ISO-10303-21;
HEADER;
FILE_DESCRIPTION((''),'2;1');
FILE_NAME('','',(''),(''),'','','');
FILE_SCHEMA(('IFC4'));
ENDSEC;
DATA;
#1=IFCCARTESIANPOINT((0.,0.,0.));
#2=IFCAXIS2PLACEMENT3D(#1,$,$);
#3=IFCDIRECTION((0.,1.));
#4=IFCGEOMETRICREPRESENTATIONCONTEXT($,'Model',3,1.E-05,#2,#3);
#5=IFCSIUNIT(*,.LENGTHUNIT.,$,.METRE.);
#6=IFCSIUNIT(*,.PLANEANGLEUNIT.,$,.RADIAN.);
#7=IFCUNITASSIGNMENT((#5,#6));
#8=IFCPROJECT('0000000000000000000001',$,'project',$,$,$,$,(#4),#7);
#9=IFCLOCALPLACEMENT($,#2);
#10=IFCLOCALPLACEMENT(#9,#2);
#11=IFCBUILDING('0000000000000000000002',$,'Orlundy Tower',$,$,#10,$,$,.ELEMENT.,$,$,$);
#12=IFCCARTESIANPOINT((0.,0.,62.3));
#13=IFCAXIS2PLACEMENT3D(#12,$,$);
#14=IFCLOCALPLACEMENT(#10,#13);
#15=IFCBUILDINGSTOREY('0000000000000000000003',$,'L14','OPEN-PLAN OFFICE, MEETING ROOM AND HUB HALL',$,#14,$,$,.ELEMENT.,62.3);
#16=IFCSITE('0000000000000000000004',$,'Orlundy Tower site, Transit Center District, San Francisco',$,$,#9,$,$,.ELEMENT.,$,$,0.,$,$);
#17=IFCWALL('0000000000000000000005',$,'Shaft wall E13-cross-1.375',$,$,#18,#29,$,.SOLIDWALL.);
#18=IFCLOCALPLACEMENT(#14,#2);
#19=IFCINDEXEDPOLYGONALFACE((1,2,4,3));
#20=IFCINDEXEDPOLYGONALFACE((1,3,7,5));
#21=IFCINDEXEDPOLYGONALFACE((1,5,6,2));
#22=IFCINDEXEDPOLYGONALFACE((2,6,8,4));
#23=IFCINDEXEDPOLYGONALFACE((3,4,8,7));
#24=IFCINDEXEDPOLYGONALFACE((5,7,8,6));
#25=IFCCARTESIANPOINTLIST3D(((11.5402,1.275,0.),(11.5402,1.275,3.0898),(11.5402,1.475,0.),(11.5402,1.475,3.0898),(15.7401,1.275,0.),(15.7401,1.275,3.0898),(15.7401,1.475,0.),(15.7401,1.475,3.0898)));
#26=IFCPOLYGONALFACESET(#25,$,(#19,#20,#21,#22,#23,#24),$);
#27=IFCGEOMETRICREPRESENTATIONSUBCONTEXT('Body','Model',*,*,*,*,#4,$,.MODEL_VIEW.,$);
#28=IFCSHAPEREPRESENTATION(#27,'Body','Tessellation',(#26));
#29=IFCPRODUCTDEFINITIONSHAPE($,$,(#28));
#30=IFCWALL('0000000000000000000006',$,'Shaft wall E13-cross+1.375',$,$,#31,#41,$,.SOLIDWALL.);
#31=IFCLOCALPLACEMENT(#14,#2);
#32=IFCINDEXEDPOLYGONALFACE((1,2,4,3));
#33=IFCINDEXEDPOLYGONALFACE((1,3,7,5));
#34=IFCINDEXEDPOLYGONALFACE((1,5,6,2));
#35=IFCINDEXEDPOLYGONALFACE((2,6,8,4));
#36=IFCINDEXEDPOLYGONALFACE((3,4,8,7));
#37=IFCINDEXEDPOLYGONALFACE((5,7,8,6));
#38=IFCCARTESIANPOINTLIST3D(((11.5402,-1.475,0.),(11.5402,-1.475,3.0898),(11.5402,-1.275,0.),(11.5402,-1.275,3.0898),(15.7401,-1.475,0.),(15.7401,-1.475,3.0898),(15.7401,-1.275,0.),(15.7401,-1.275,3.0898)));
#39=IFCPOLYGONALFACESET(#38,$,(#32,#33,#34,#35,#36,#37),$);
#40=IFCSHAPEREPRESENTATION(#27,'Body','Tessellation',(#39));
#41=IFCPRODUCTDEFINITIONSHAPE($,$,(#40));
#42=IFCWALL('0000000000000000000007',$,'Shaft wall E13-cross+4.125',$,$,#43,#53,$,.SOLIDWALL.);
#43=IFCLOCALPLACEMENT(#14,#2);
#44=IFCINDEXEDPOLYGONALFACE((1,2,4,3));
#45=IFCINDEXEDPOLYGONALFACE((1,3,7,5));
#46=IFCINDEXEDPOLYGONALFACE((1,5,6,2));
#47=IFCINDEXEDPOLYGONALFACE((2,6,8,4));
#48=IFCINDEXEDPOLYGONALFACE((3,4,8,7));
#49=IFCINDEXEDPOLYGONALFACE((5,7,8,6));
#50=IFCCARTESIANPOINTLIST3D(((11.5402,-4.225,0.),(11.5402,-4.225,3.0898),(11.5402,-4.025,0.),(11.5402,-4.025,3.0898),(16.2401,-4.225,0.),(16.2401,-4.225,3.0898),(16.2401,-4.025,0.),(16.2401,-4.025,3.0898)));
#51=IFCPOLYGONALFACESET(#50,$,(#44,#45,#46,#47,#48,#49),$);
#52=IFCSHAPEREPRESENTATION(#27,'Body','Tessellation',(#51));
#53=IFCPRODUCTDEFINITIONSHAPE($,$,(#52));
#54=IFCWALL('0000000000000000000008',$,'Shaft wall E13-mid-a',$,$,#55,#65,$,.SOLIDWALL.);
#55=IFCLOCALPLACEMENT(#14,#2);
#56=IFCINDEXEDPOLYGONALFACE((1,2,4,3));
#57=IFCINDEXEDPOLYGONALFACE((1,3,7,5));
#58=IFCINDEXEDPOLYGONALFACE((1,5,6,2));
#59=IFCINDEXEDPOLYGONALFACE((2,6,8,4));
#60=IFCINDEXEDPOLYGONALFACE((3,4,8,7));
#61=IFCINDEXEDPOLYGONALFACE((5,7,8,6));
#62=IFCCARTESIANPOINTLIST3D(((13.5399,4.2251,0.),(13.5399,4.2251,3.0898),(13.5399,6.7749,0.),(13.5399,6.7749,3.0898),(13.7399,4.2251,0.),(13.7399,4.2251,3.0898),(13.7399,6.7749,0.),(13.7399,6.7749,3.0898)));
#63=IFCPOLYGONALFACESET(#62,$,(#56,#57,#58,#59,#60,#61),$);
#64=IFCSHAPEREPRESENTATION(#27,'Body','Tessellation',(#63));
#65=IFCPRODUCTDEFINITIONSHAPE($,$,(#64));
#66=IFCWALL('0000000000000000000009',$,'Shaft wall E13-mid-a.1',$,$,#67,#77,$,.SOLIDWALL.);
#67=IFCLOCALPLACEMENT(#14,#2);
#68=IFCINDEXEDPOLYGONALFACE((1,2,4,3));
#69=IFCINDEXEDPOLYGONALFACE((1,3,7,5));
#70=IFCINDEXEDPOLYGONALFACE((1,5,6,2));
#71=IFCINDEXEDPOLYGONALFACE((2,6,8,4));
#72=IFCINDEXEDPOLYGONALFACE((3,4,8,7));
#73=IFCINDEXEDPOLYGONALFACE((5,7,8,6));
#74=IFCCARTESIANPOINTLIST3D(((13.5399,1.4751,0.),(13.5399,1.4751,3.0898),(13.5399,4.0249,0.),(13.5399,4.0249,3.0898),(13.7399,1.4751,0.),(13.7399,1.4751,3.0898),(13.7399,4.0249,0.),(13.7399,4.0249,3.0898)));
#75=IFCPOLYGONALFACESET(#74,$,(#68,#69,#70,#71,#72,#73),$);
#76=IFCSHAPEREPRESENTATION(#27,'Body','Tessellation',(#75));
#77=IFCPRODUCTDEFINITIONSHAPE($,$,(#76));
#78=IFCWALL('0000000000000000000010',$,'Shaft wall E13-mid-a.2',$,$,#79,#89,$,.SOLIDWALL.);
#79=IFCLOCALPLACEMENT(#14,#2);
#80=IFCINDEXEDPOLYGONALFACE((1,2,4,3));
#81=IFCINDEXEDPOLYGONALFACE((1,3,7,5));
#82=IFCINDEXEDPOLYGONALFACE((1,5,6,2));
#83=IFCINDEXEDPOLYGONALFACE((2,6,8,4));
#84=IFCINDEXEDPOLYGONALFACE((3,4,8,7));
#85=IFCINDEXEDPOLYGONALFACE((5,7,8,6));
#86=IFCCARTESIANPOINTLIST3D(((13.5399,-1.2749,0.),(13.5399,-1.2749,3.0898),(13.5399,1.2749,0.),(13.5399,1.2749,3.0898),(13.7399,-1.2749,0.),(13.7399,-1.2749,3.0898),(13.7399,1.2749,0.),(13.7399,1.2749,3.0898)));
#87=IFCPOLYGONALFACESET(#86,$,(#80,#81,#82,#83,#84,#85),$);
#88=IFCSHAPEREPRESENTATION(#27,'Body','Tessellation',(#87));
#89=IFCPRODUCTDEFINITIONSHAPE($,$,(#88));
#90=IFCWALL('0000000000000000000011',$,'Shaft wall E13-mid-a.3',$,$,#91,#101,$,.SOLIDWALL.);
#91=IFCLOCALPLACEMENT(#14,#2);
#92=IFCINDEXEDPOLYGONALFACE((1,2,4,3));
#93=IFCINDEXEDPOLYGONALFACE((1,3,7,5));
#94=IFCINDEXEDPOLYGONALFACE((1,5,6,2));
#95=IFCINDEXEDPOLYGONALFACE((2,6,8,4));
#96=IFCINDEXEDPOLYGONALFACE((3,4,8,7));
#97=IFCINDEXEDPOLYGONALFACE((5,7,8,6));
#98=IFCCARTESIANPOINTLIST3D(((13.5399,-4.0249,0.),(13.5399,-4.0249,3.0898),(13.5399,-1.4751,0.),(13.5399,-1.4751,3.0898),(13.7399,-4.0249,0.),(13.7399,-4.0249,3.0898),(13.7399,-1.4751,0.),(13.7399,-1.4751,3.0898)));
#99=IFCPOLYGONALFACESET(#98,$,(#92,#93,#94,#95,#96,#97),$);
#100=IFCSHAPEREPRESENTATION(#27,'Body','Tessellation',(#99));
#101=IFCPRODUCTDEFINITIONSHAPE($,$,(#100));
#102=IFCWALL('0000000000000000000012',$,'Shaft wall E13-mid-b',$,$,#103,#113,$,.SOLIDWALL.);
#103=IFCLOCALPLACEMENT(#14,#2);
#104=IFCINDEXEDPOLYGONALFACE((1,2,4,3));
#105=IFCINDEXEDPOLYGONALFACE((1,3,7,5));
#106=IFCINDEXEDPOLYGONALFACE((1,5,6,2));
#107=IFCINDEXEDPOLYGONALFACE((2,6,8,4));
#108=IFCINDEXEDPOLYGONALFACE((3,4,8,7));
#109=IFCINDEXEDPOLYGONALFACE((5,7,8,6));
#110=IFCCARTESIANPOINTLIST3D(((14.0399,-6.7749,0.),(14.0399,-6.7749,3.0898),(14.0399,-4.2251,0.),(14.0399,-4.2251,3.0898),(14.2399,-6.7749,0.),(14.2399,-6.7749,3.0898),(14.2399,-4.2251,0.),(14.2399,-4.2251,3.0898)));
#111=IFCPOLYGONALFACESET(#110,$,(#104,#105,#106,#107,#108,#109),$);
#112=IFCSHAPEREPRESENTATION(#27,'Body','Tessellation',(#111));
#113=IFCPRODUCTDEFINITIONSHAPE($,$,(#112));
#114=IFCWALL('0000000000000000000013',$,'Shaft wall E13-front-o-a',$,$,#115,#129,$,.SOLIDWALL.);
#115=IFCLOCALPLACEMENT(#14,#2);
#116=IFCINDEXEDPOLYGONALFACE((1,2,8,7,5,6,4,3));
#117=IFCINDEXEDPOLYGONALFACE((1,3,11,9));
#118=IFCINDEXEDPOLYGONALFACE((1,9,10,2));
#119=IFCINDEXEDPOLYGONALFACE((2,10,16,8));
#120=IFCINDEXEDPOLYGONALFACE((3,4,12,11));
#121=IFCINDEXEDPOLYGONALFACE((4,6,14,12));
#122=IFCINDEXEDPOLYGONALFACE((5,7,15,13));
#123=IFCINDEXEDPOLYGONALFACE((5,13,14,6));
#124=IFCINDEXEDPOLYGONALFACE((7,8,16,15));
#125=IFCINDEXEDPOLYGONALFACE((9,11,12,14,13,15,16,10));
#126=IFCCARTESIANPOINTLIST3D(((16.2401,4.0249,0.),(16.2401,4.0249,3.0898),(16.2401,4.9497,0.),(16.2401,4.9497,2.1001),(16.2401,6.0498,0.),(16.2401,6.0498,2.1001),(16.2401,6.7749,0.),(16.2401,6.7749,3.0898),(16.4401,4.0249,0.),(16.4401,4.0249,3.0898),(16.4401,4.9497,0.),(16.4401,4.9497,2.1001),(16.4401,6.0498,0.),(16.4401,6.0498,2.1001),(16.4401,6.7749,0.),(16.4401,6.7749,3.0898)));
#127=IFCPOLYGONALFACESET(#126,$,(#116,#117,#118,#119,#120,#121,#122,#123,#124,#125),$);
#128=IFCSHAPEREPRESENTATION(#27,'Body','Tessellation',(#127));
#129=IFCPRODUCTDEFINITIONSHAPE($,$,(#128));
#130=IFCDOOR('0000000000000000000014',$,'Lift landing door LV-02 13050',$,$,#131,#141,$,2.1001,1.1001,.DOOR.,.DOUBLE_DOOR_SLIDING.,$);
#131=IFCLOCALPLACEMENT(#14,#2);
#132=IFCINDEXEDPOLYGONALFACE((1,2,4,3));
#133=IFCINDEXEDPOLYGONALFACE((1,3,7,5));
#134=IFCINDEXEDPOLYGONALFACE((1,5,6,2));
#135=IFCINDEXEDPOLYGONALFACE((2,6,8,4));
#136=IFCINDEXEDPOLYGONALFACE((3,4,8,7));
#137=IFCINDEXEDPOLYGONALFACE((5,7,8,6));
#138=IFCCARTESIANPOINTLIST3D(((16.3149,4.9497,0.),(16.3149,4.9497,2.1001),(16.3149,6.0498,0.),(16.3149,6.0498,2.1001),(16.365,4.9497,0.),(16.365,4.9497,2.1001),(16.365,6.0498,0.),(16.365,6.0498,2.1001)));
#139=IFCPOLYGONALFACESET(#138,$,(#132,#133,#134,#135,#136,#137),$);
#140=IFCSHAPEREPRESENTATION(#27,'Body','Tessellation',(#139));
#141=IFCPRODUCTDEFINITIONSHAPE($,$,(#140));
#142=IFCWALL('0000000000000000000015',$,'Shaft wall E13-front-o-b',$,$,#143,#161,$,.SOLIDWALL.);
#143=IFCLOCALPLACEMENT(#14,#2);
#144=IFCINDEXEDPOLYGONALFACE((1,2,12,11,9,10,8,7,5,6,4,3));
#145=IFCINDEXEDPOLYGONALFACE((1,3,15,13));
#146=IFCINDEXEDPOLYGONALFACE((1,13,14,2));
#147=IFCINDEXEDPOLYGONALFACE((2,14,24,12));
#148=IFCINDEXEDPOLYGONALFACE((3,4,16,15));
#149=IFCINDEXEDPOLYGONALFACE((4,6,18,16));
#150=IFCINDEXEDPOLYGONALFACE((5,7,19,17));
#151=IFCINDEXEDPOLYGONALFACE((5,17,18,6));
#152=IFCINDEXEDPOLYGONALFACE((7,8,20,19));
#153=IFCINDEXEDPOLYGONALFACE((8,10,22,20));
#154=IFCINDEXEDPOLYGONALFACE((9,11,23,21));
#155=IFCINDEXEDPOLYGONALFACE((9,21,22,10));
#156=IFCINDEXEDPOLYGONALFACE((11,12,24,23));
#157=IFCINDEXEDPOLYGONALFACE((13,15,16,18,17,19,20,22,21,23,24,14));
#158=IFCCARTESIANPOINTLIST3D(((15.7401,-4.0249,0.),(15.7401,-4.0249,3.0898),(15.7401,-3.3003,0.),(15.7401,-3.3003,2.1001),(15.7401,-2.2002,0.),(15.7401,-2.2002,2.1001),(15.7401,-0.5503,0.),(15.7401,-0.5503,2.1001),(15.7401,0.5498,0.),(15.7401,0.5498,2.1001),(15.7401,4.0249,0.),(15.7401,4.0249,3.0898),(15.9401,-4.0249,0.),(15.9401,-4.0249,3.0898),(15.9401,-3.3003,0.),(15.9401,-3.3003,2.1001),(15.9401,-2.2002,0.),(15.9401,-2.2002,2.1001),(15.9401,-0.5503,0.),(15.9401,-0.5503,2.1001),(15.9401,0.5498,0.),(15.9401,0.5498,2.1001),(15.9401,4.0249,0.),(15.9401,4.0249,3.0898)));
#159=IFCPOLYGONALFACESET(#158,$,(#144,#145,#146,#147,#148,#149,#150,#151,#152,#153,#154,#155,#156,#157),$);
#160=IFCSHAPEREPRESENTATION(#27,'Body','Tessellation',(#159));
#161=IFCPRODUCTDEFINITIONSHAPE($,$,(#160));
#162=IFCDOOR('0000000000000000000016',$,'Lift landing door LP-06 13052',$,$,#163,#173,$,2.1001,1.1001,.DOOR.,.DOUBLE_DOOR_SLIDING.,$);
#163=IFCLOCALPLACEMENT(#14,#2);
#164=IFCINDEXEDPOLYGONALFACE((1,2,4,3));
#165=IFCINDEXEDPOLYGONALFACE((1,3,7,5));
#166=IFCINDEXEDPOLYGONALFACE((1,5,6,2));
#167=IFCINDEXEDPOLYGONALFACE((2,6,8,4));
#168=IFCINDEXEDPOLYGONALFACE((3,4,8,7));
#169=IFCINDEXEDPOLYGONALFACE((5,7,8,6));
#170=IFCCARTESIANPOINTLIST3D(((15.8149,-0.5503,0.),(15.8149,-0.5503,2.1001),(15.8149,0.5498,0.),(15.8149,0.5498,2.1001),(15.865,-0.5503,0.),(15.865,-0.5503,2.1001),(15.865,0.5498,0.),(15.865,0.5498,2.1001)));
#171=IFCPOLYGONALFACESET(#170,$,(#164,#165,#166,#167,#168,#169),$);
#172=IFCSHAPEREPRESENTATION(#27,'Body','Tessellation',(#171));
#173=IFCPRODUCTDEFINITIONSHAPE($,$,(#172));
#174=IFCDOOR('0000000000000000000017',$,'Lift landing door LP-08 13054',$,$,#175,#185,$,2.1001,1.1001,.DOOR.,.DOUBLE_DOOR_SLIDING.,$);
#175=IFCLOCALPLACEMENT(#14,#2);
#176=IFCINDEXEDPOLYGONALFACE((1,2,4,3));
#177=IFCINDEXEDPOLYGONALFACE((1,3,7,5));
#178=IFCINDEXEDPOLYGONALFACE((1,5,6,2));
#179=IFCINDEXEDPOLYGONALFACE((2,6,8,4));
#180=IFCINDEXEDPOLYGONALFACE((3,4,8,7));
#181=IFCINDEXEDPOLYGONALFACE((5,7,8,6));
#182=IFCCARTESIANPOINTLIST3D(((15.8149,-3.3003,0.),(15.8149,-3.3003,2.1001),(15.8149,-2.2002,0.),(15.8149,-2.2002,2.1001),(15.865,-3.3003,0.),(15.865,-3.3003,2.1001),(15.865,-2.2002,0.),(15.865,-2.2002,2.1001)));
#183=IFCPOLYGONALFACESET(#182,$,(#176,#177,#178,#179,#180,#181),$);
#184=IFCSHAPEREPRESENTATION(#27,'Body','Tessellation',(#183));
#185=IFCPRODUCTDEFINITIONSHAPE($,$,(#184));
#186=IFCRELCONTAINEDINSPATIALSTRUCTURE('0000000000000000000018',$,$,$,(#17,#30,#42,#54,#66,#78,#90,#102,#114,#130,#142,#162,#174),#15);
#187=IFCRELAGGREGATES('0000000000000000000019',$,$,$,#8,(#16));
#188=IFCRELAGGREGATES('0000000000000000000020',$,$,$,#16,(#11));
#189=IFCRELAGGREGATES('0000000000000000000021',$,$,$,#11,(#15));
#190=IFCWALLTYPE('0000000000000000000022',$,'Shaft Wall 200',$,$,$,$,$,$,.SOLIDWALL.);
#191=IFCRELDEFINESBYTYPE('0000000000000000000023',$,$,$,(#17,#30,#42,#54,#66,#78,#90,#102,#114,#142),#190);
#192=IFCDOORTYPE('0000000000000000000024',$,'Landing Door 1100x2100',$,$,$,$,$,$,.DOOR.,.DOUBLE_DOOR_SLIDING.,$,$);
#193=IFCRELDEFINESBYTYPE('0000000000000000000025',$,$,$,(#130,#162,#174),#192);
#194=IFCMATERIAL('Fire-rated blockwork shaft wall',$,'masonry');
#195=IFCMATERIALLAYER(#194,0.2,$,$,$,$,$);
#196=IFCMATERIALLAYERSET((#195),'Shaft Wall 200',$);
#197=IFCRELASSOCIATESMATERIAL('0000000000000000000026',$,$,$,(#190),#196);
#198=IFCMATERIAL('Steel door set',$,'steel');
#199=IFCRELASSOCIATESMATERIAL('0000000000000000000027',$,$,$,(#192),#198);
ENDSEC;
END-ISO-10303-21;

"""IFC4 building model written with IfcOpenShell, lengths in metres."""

from ifc_helpers import new_model, si_unit, direction, frame, frame_2d, origin, place, context, subcontext, project, spatial, rectangle, extrude, material, layer, layer_set, type_object, element, fill, save


model = new_model("IFC4")

# Units and contexts
model_context = context("Model", 3, precision=1e-05, world=origin(), true_north=direction((0.0, 1.0)))
body_context = subcontext(model_context, "Body", "Model", "MODEL_VIEW")
ifc_project = project(units=[si_unit("LENGTHUNIT", "METRE"), si_unit("PLANEANGLEUNIT", "RADIAN")], contexts=[model_context])

# Site, building, storey
site_placement = place(None, origin())
site = spatial("IfcSite", under=ifc_project, at=site_placement, Name="Orlundy Tower site, Transit Center District, San Francisco", CompositionType="ELEMENT", RefElevation=0.0)
building_placement = place(site_placement, origin())
building = spatial("IfcBuilding", under=site, at=building_placement, Name="Orlundy Tower", CompositionType="ELEMENT")
storey_placement = place(building_placement, frame((0.0, 0.0, 62.3)))
storey = spatial("IfcBuildingStorey", under=building, at=storey_placement, Name="L14", Description="OPEN-PLAN OFFICE, MEETING ROOM AND HUB HALL", CompositionType="ELEMENT", Elevation=62.3)

# Walls
ifc_material_1 = material(Name="Fire-rated blockwork shaft wall", Category="masonry")
ifc_layer_1 = layer(ifc_material_1, 0.2)
ifc_layer_set_1 = layer_set([ifc_layer_1], Name="Shaft Wall 200")
wall_type_1 = type_object("IfcWallType", Name="Shaft Wall 200", PredefinedType="SOLIDWALL", material=ifc_layer_set_1)
for number, where, z_axis, x_axis, name in (
    (1, (11.54, 1.375, 0.0), (0.0, 0.0, 1.0), (1.0, 0.0, 0.0), "Shaft wall E13-cross-1.375"),
    (2, (11.54, -1.375, 0.0), (0.0, 0.0, 1.0), (1.0, 0.0, 0.0), "Shaft wall E13-cross+1.375"),
):
    element("IfcWall", number, at=place(storey_placement, frame(where, z_axis=z_axis, x_axis=x_axis)), inside=storey, type_object=wall_type_1, Name=name, PredefinedType="SOLIDWALL", context=body_context, shape_type="SweptSolid", body=[
        extrude(rectangle(XDim=4.2, YDim=0.2, at=frame_2d((2.1001, 0.0))), origin(), (0.0, 0.0, 1.0), 3.0898),
    ])
wall_1_placement = place(storey_placement, frame((11.54, -4.125, 0.0), z_axis=(0.0, 0.0, 1.0), x_axis=(1.0, 0.0, 0.0)))
element("IfcWall", 3, at=wall_1_placement, inside=storey, type_object=wall_type_1, Name="Shaft wall E13-cross+4.125", PredefinedType="SOLIDWALL", context=body_context, shape_type="SweptSolid", body=[
    extrude(rectangle(XDim=4.7, YDim=0.2, at=frame_2d((2.3501, 0.0))), origin(), (0.0, 0.0, 1.0), 3.0898),
])
for number, where, z_axis, x_axis, name in (
    (4, (13.6399, 6.7749, 0.0), (0.0, 0.0, 1.0), (0.0, -1.0, 0.0), "Shaft wall E13-mid-a"),
    (5, (13.6399, 4.0249, 0.0), (0.0, 0.0, 1.0), (0.0, -1.0, 0.0), "Shaft wall E13-mid-a.1"),
    (6, (13.6399, 1.2749, 0.0), (0.0, 0.0, 1.0), (0.0, -1.0, 0.0), "Shaft wall E13-mid-a.2"),
    (7, (13.6399, -1.4751, 0.0), (0.0, 0.0, 1.0), (0.0, -1.0, 0.0), "Shaft wall E13-mid-a.3"),
    (8, (14.1399, -4.2251, 0.0), (0.0, 0.0, 1.0), (0.0, -1.0, 0.0), "Shaft wall E13-mid-b"),
):
    element("IfcWall", number, at=place(storey_placement, frame(where, z_axis=z_axis, x_axis=x_axis)), inside=storey, type_object=wall_type_1, Name=name, PredefinedType="SOLIDWALL", context=body_context, shape_type="SweptSolid", body=[
        extrude(rectangle(XDim=2.5498, YDim=0.2, at=frame_2d((1.2749, 0.0))), origin(), (0.0, 0.0, 1.0), 3.0898),
    ])

# Wall, opening, door
wall_2_placement = place(storey_placement, frame((16.3401, 6.7749, 0.0), z_axis=(0.0, 0.0, 1.0), x_axis=(0.0, -1.0, 0.0)))
wall_2 = element("IfcWall", 9, at=wall_2_placement, inside=storey, type_object=wall_type_1, Name="Shaft wall E13-front-o-a", PredefinedType="SOLIDWALL", context=body_context, shape_type="SweptSolid", body=[
    extrude(rectangle(XDim=2.75, YDim=0.2, at=frame_2d((1.375, 0.0))), origin(), (0.0, 0.0, 1.0), 3.0898),
])
opening_1_placement = place(wall_2_placement, frame((0.7251, 0.0, 0.0)))
opening_1 = element("IfcOpeningElement", 10, at=opening_1_placement, cuts=wall_2, PredefinedType="OPENING", context=body_context, shape_type="SweptSolid", body=[
    extrude(rectangle(XDim=1.1001, YDim=2.1001, at=frame_2d((0.55, 1.05))), frame((0.0, 0.1101, 0.0), z_axis=(0.0, -1.0, 0.0), x_axis=(1.0, 0.0, 0.0)), (0.0, 0.0, 1.0), 0.2202),
])
ifc_material_2 = material(Name="Steel door set", Category="steel")
door_type_1 = type_object("IfcDoorType", Name="Landing Door 1100x2100", OperationType="DOUBLE_DOOR_SLIDING", PredefinedType="DOOR", material=ifc_material_2)
door_1_placement = place(opening_1_placement, origin())
door_1 = element("IfcDoor", 11, at=door_1_placement, inside=storey, type_object=door_type_1, Name="Lift landing door LV-02 13050", OperationType="DOUBLE_DOOR_SLIDING", OverallHeight=2.1001, OverallWidth=1.1001, PredefinedType="DOOR", context=body_context, shape_type="SweptSolid", body=[
    extrude(rectangle(XDim=1.1001, YDim=2.1001, at=frame_2d((0.55, 1.05))), frame((0.0, 0.0249, 0.0), z_axis=(0.0, -1.0, 0.0), x_axis=(1.0, 0.0, 0.0)), (0.0, 0.0, 1.0), 0.05),
])
fill(opening_1, door_1)

# Wall, openings, doors
wall_3_placement = place(storey_placement, frame((15.8401, 4.0249, 0.0), z_axis=(0.0, 0.0, 1.0), x_axis=(0.0, -1.0, 0.0)))
wall_3 = element("IfcWall", 12, at=wall_3_placement, inside=storey, type_object=wall_type_1, Name="Shaft wall E13-front-o-b", PredefinedType="SOLIDWALL", context=body_context, shape_type="SweptSolid", body=[
    extrude(rectangle(XDim=8.0498, YDim=0.2, at=frame_2d((4.0249, 0.0))), origin(), (0.0, 0.0, 1.0), 3.0898),
])
opening_2_placement = place(wall_3_placement, frame((3.4751, 0.0, 0.0)))
opening_2 = element("IfcOpeningElement", 13, at=opening_2_placement, cuts=wall_3, PredefinedType="OPENING", context=body_context, shape_type="SweptSolid", body=[
    extrude(rectangle(XDim=1.1001, YDim=2.1001, at=frame_2d((0.55, 1.05))), frame((0.0, 0.1101, 0.0), z_axis=(0.0, -1.0, 0.0), x_axis=(1.0, 0.0, 0.0)), (0.0, 0.0, 1.0), 0.2202),
])
opening_3_placement = place(wall_3_placement, frame((6.2251, 0.0, 0.0)))
opening_3 = element("IfcOpeningElement", 14, at=opening_3_placement, cuts=wall_3, PredefinedType="OPENING", context=body_context, shape_type="SweptSolid", body=[
    extrude(rectangle(XDim=1.1001, YDim=2.1001, at=frame_2d((0.55, 1.05))), frame((0.0, 0.1101, 0.0), z_axis=(0.0, -1.0, 0.0), x_axis=(1.0, 0.0, 0.0)), (0.0, 0.0, 1.0), 0.2202),
])
door_2_placement = place(opening_2_placement, origin())
door_2 = element("IfcDoor", 15, at=door_2_placement, inside=storey, type_object=door_type_1, Name="Lift landing door LP-06 13052", OperationType="DOUBLE_DOOR_SLIDING", OverallHeight=2.1001, OverallWidth=1.1001, PredefinedType="DOOR", context=body_context, shape_type="SweptSolid", body=[
    extrude(rectangle(XDim=1.1001, YDim=2.1001, at=frame_2d((0.55, 1.05))), frame((0.0, 0.0249, 0.0), z_axis=(0.0, -1.0, 0.0), x_axis=(1.0, 0.0, 0.0)), (0.0, 0.0, 1.0), 0.05),
])
fill(opening_2, door_2)
door_3_placement = place(opening_3_placement, origin())
door_3 = element("IfcDoor", 16, at=door_3_placement, inside=storey, type_object=door_type_1, Name="Lift landing door LP-08 13054", OperationType="DOUBLE_DOOR_SLIDING", OverallHeight=2.1001, OverallWidth=1.1001, PredefinedType="DOOR", context=body_context, shape_type="SweptSolid", body=[
    extrude(rectangle(XDim=1.1001, YDim=2.1001, at=frame_2d((0.55, 1.05))), frame((0.0, 0.0249, 0.0), z_axis=(0.0, -1.0, 0.0), x_axis=(1.0, 0.0, 0.0)), (0.0, 0.0, 1.0), 0.05),
])
fill(opening_3, door_3)

save(model, "model.ifc")
